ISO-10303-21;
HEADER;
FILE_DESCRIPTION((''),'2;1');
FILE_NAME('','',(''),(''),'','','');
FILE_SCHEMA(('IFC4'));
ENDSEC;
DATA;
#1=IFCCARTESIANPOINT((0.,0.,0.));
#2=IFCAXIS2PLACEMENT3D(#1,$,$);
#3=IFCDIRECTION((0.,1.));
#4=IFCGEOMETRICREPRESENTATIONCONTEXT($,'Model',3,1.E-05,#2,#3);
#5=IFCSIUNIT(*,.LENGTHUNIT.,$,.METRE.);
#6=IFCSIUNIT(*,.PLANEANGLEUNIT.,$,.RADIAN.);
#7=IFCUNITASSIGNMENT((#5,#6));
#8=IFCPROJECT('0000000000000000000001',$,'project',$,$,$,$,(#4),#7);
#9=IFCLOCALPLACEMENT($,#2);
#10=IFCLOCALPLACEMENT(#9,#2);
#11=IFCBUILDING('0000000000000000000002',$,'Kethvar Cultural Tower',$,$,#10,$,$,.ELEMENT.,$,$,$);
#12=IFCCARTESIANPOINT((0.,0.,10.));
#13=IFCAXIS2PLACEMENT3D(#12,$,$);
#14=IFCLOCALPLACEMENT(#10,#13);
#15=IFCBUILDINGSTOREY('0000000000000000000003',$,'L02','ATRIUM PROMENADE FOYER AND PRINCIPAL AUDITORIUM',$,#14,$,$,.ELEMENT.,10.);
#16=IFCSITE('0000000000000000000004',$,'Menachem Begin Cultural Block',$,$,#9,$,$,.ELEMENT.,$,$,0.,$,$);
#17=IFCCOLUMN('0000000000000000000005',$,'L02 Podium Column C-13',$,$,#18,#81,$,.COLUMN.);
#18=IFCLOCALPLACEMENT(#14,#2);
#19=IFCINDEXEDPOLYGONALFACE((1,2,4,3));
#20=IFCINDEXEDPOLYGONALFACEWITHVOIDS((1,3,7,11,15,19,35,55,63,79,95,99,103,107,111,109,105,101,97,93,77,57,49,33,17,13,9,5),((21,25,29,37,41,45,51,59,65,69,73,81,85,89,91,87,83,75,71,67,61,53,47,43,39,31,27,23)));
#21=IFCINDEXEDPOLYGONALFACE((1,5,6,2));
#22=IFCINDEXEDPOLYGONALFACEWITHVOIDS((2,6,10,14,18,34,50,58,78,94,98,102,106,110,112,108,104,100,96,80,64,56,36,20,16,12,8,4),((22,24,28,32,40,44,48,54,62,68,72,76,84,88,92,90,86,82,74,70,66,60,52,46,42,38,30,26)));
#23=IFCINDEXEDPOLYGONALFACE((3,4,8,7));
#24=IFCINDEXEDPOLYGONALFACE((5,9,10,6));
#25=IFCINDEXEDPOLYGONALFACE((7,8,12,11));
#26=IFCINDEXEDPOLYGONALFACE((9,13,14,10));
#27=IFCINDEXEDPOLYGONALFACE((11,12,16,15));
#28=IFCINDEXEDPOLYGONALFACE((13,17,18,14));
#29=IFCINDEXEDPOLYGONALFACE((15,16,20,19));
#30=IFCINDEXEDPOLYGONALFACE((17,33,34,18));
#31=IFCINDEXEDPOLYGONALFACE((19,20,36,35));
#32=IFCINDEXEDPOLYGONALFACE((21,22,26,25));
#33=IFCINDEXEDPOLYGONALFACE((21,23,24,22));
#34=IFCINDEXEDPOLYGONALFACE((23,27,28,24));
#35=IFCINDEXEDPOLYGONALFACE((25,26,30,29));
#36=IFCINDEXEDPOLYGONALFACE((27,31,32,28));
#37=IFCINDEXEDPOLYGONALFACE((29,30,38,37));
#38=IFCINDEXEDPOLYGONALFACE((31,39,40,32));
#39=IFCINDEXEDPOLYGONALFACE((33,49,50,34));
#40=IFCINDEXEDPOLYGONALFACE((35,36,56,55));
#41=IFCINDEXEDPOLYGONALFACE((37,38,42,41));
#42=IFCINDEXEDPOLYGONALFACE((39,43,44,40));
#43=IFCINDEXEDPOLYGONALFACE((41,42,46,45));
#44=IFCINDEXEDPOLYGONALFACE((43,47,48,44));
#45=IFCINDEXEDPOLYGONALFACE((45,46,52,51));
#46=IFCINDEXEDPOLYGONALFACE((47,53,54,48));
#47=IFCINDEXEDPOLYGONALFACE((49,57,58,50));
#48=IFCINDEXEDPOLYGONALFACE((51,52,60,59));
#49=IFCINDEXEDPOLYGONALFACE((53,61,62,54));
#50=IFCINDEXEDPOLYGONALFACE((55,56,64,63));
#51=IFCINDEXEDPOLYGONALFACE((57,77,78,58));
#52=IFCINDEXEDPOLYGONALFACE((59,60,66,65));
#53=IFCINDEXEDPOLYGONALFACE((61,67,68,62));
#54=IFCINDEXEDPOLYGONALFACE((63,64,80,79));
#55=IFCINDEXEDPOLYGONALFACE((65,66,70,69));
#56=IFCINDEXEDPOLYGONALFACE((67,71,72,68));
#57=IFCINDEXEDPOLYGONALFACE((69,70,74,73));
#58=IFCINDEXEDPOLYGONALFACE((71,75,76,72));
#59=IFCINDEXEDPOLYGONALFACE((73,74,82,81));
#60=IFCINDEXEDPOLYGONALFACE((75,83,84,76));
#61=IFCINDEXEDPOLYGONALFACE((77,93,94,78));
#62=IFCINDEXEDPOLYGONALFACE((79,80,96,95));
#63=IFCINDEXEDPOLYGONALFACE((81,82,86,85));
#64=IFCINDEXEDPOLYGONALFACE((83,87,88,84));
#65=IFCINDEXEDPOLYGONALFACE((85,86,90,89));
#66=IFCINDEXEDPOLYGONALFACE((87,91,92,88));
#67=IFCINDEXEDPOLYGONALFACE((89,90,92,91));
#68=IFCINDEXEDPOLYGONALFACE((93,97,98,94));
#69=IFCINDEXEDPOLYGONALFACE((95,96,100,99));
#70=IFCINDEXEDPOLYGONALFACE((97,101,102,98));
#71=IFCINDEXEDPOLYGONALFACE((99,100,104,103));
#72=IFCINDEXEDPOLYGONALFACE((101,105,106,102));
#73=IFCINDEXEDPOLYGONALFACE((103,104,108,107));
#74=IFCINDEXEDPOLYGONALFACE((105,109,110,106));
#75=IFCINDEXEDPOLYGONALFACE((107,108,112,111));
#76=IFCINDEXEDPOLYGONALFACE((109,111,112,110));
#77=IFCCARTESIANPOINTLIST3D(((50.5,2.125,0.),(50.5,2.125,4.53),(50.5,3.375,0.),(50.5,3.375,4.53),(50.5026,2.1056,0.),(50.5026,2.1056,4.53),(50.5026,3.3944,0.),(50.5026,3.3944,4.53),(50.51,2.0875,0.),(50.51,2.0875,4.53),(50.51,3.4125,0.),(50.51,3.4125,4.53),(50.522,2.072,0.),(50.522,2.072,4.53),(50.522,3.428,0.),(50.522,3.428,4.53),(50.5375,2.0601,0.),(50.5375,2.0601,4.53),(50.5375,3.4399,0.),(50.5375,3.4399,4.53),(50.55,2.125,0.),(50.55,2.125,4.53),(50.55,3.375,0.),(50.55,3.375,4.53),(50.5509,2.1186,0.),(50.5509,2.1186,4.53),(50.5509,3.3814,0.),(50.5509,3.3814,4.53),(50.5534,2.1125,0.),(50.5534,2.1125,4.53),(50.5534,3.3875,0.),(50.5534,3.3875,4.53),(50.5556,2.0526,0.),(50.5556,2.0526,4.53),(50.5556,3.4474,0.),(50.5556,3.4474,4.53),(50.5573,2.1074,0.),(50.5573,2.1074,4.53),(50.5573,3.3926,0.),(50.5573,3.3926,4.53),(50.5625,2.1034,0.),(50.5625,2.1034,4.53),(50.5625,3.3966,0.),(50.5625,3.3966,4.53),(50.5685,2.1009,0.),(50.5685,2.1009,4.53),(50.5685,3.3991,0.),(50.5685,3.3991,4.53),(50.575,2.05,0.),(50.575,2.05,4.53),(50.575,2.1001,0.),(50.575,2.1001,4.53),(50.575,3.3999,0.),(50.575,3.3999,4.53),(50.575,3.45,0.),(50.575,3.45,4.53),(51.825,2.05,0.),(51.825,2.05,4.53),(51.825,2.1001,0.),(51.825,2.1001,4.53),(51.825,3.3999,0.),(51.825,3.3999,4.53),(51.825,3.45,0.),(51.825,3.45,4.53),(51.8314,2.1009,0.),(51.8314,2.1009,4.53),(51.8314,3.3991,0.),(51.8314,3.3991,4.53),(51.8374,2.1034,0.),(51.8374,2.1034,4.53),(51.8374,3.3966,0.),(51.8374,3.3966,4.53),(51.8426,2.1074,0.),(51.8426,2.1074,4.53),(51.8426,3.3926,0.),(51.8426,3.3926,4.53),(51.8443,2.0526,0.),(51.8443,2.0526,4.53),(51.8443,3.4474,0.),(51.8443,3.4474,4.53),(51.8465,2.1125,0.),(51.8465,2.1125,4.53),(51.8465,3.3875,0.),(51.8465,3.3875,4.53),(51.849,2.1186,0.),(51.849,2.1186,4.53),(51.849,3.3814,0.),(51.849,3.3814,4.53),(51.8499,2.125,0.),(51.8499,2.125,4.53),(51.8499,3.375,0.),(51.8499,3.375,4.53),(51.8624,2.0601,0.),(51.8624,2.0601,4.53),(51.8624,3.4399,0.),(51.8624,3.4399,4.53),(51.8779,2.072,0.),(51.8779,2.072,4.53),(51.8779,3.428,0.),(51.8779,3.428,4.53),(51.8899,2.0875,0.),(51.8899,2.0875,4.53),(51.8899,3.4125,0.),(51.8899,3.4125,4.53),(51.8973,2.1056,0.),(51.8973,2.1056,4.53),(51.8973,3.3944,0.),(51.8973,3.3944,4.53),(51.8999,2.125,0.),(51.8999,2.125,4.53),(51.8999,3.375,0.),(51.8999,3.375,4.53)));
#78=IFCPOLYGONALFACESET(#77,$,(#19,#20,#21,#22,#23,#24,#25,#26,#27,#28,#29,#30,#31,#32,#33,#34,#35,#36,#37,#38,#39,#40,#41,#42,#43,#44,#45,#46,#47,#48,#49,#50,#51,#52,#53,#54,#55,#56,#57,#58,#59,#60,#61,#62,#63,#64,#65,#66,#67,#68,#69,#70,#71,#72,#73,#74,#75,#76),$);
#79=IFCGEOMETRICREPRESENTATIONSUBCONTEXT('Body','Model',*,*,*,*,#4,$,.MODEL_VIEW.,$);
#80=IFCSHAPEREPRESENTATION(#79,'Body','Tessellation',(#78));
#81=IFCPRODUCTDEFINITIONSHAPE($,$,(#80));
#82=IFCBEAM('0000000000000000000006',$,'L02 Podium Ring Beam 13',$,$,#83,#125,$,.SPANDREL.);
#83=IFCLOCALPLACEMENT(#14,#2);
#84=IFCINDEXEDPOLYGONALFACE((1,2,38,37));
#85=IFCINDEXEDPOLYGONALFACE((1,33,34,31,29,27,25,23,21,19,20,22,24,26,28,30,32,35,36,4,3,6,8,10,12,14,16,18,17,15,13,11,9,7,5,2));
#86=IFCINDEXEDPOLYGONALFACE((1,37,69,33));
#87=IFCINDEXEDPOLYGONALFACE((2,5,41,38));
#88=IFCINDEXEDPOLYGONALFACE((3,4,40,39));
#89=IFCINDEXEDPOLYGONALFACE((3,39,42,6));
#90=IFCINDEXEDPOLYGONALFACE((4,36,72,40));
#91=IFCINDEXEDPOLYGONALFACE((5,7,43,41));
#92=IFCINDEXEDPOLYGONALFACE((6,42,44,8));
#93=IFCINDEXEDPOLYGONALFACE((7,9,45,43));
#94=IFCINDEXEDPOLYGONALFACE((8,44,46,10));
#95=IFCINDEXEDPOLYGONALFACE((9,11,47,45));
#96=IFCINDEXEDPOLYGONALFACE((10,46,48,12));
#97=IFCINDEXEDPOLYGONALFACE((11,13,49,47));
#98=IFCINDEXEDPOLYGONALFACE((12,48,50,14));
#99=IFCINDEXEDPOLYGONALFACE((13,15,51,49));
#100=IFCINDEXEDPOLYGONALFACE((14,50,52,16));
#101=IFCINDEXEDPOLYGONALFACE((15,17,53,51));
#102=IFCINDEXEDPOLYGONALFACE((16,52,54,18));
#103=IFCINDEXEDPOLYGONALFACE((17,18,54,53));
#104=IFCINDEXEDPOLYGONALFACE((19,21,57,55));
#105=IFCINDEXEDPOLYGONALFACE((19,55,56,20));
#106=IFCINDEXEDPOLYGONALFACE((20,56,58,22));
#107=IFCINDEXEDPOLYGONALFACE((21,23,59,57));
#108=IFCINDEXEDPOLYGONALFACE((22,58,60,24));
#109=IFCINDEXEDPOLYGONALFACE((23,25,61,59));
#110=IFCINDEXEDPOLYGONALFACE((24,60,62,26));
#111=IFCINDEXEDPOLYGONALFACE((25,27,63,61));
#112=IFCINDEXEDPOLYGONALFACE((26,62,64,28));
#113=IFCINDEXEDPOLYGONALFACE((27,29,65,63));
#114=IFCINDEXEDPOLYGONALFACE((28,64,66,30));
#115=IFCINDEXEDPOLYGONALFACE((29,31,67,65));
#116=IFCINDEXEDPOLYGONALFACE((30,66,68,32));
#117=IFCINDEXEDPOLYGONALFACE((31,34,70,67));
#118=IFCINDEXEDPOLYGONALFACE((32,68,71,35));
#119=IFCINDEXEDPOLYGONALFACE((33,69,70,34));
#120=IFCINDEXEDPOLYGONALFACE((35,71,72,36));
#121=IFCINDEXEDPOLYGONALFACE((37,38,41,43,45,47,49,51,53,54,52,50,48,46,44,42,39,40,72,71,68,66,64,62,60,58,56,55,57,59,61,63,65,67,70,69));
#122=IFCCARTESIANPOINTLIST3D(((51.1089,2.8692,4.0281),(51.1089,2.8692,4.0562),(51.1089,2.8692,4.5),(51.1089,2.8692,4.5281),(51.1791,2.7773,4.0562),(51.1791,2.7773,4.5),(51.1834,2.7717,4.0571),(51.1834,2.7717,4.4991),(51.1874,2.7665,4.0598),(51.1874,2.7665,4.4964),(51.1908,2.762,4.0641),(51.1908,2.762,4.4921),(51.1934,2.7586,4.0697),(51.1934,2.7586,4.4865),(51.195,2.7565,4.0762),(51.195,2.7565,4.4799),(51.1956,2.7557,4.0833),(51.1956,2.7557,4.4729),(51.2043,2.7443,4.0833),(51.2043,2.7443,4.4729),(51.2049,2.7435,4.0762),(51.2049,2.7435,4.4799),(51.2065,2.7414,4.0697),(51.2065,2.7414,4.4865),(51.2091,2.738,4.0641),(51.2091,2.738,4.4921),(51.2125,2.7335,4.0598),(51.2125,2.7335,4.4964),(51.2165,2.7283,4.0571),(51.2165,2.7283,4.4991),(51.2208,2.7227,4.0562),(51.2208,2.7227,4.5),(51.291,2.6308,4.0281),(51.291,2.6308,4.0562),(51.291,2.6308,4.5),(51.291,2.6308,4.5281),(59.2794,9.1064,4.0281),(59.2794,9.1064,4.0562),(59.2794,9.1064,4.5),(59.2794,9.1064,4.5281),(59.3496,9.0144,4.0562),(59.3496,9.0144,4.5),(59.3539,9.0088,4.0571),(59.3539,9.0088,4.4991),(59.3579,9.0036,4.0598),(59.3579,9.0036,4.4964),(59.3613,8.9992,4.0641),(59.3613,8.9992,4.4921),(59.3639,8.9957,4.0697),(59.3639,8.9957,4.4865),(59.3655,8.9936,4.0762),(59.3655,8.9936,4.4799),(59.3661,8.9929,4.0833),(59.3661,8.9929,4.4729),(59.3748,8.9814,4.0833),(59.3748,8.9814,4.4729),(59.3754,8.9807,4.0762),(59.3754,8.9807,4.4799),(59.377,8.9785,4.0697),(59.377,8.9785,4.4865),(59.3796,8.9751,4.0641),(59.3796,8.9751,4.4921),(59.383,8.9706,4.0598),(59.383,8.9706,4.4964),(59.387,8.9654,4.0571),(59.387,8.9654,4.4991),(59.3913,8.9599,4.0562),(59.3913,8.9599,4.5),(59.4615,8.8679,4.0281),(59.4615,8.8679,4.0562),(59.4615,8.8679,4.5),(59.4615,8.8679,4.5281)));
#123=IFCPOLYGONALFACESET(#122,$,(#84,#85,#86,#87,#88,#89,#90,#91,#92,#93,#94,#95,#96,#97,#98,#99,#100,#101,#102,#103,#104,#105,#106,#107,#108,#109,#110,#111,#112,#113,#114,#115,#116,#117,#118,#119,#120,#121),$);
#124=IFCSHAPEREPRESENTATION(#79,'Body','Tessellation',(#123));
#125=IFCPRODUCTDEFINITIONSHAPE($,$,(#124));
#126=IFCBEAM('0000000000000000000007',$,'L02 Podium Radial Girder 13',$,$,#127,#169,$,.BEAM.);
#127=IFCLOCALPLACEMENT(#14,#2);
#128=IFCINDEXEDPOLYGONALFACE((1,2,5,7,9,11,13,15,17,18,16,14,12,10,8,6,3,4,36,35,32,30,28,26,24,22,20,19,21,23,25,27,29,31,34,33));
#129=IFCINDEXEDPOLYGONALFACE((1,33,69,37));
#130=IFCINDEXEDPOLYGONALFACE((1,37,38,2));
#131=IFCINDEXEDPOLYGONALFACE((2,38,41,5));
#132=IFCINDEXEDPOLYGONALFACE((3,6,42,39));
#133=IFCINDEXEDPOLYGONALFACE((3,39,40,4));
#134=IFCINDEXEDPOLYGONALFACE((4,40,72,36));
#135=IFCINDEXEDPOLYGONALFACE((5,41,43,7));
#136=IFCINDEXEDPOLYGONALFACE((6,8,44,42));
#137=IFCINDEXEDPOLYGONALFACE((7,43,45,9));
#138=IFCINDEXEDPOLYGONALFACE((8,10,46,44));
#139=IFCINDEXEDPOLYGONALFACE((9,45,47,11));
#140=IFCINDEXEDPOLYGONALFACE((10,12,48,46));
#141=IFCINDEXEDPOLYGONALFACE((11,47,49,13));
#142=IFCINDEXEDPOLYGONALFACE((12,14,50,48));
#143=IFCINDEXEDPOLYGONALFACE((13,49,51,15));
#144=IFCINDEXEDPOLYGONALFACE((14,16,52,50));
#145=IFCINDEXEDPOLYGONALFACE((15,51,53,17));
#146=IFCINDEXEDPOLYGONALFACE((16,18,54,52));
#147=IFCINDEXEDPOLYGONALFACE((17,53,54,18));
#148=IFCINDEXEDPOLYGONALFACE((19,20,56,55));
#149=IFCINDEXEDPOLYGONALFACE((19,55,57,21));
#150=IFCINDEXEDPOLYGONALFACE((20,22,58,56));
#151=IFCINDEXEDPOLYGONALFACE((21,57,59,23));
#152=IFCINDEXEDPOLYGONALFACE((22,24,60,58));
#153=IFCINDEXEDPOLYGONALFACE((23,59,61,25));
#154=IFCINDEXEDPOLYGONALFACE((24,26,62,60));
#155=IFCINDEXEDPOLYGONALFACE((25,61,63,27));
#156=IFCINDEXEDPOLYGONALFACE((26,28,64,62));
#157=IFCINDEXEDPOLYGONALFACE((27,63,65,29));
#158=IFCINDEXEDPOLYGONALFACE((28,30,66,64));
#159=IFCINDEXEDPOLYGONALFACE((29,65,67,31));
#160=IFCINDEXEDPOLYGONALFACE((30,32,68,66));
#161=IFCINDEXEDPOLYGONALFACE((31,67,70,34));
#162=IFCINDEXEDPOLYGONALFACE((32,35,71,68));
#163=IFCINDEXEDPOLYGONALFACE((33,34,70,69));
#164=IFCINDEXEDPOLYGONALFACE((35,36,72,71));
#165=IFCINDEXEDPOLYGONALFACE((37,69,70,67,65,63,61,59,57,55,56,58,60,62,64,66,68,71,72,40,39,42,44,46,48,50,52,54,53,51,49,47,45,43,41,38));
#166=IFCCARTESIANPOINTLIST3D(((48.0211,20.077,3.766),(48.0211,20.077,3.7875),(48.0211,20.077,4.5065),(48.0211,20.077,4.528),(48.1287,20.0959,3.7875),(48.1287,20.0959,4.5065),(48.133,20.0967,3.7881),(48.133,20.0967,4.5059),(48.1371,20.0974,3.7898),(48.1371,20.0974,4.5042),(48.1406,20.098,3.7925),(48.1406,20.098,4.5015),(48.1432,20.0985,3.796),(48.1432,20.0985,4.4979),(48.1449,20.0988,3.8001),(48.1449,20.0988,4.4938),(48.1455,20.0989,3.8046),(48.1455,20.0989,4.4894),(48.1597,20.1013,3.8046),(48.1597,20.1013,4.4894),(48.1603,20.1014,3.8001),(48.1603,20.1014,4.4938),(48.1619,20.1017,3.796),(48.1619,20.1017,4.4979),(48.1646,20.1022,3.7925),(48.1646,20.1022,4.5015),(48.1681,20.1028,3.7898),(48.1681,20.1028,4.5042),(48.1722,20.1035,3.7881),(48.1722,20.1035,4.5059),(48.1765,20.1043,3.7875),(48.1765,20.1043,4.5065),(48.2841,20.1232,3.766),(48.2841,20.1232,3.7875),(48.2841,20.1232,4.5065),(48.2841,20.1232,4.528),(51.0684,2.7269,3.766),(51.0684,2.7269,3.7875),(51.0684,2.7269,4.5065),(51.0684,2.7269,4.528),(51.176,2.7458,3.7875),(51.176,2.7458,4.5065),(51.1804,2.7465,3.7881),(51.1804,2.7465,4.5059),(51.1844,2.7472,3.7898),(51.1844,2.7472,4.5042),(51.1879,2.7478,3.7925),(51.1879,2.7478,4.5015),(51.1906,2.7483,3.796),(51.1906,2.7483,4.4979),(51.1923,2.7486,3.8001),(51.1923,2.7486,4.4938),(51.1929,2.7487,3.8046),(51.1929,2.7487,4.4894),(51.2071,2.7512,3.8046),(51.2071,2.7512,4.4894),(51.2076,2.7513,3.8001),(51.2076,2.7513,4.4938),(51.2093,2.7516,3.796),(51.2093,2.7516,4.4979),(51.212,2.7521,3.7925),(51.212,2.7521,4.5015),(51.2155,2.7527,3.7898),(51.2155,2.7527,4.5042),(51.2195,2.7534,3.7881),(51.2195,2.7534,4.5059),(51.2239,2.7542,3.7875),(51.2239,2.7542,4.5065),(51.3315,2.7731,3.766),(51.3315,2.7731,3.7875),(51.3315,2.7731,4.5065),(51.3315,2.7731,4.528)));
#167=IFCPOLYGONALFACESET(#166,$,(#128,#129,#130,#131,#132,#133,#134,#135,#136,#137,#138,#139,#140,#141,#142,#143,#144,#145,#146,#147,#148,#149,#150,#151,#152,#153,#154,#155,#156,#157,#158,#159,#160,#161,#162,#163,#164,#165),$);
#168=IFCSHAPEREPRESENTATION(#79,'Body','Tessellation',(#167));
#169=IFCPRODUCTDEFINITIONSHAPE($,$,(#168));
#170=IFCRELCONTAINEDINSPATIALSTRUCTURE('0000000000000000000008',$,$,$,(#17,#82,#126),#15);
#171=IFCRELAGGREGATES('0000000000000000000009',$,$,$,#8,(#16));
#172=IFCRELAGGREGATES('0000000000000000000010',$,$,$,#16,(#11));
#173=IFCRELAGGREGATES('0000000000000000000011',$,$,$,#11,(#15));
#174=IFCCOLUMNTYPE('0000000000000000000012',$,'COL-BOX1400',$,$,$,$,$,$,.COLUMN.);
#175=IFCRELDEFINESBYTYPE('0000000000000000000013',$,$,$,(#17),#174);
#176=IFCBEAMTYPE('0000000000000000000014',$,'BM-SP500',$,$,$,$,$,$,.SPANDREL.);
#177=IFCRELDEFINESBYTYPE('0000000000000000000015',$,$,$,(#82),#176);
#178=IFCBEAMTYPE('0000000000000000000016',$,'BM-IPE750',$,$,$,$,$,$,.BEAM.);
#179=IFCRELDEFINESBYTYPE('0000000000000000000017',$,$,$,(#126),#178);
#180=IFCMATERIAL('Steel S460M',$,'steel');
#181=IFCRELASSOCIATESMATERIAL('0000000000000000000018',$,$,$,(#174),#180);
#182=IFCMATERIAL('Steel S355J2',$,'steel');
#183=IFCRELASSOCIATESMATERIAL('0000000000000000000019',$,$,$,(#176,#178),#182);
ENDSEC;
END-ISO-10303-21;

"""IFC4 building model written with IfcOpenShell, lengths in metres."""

from ifc_helpers import new_model, si_unit, direction, frame, origin, origin_2d, place, context, subcontext, project, spatial, hollow_rectangle, i_section, extrude, source, transform, mapped, material, material_profile, profile_set, type_object, element, save


model = new_model("IFC4")

# Units and contexts
model_context = context("Model", 3, precision=1e-05, world=origin(), true_north=direction((0.0, 1.0)))
body_context = subcontext(model_context, "Body", "Model", "MODEL_VIEW")
ifc_project = project(units=[si_unit("LENGTHUNIT", "METRE"), si_unit("PLANEANGLEUNIT", "RADIAN")], contexts=[model_context])

# Site, building, storey
site_placement = place(None, origin())
site = spatial("IfcSite", under=ifc_project, at=site_placement, Name="Menachem Begin Cultural Block", CompositionType="ELEMENT", RefElevation=0.0)
building_placement = place(site_placement, origin())
building = spatial("IfcBuilding", under=site, at=building_placement, Name="Kethvar Cultural Tower", CompositionType="ELEMENT")
storey_placement = place(building_placement, frame((0.0, 0.0, 10.0)))
storey = spatial("IfcBuildingStorey", under=building, at=storey_placement, Name="L02", Description="ATRIUM PROMENADE FOYER AND PRINCIPAL AUDITORIUM", CompositionType="ELEMENT", Elevation=10.0)

# Column
ifc_material_1 = material(Name="Steel S460M", Category="steel")
ifc_material_profile_1 = material_profile(ifc_material_1, hollow_rectangle(XDim=1.3999, YDim=1.3999, WallThickness=0.05, InnerFilletRadius=0.0249, OuterFilletRadius=0.075, at=origin_2d()), Name="Steel S460M — BOX1400x1400x50")
ifc_profile_set_1 = profile_set([ifc_material_profile_1], Name="Steel S460M — BOX1400x1400x50")
column_type = type_object("IfcColumnType", Name="COL-BOX1400", PredefinedType="COLUMN", material=ifc_profile_set_1)
shared_shape_1 = source(origin(), body_context, "Body", "SweptSolid", [
    extrude(hollow_rectangle(XDim=1.3999, YDim=1.3999, WallThickness=0.05, InnerFilletRadius=0.0249, OuterFilletRadius=0.075, at=origin_2d()), origin(), (0.0, 0.0, 1.0), 4.53),
])
column_placement = place(storey_placement, frame((51.2, 2.75, 0.0), z_axis=(0.0, 0.0, 1.0), x_axis=(1.0, 0.0, 0.0)))
element("IfcColumn", 1, at=column_placement, inside=storey, type_object=column_type, Name="L02 Podium Column C-13", PredefinedType="COLUMN", context=body_context, shape_type="MappedRepresentation", body=[
    mapped(shared_shape_1, transform((0.0, 0.0, 0.0), scale=1.0)),
])

# Beams
ifc_material_2 = material(Name="Steel S355J2", Category="steel")
ifc_material_profile_2 = material_profile(ifc_material_2, i_section(OverallWidth=0.3, OverallDepth=0.5, WebThickness=0.0144, FlangeThickness=0.0281, FilletRadius=0.0271, at=origin_2d()), Name="Steel S355J2 — HEB500")
ifc_profile_set_2 = profile_set([ifc_material_profile_2], Name="Steel S355J2 — HEB500")
beam_type_1 = type_object("IfcBeamType", Name="BM-SP500", PredefinedType="SPANDREL", material=ifc_profile_set_2)
shared_shape_2 = source(origin(), body_context, "Body", "SweptSolid", [
    extrude(i_section(OverallWidth=0.3, OverallDepth=0.5, WebThickness=0.0144, FlangeThickness=0.0281, FilletRadius=0.0271, at=origin_2d()), origin(), (0.0, 0.0, 1.0), 10.2791),
])
beam_1_placement = place(storey_placement, frame((51.2, 2.75, 4.2781), z_axis=(0.794869, 0.606781, 0.0), x_axis=(-0.606781, 0.794869, 0.0)))
element("IfcBeam", 2, at=beam_1_placement, inside=storey, type_object=beam_type_1, Name="L02 Podium Ring Beam 13", PredefinedType="SPANDREL", context=body_context, shape_type="MappedRepresentation", body=[
    mapped(shared_shape_2, transform((0.0, 0.0, 0.0), scale=1.0)),
])
ifc_material_profile_3 = material_profile(ifc_material_2, i_section(OverallWidth=0.2671, OverallDepth=0.762, WebThickness=0.0144, FlangeThickness=0.0215, FilletRadius=0.0171, at=origin_2d()), Name="Steel S355J2 — IPE750x173")
ifc_profile_set_3 = profile_set([ifc_material_profile_3], Name="Steel S355J2 — IPE750x173")
beam_type_2 = type_object("IfcBeamType", Name="BM-IPE750", PredefinedType="BEAM", material=ifc_profile_set_3)
shared_shape_3 = source(origin(), body_context, "Body", "SweptSolid", [
    extrude(i_section(OverallWidth=0.2671, OverallDepth=0.762, WebThickness=0.0144, FlangeThickness=0.0215, FilletRadius=0.0171, at=origin_2d()), origin(), (0.0, 0.0, 1.0), 17.6157),
])
beam_2_placement = place(storey_placement, frame((48.1526, 20.1001, 4.147), z_axis=(0.172991, -0.984923, 0.0), x_axis=(0.984923, 0.172991, 0.0)))
element("IfcBeam", 3, at=beam_2_placement, inside=storey, type_object=beam_type_2, Name="L02 Podium Radial Girder 13", PredefinedType="BEAM", context=body_context, shape_type="MappedRepresentation", body=[
    mapped(shared_shape_3, transform((0.0, 0.0, 0.0), scale=1.0)),
])

save(model, "model.ifc")
